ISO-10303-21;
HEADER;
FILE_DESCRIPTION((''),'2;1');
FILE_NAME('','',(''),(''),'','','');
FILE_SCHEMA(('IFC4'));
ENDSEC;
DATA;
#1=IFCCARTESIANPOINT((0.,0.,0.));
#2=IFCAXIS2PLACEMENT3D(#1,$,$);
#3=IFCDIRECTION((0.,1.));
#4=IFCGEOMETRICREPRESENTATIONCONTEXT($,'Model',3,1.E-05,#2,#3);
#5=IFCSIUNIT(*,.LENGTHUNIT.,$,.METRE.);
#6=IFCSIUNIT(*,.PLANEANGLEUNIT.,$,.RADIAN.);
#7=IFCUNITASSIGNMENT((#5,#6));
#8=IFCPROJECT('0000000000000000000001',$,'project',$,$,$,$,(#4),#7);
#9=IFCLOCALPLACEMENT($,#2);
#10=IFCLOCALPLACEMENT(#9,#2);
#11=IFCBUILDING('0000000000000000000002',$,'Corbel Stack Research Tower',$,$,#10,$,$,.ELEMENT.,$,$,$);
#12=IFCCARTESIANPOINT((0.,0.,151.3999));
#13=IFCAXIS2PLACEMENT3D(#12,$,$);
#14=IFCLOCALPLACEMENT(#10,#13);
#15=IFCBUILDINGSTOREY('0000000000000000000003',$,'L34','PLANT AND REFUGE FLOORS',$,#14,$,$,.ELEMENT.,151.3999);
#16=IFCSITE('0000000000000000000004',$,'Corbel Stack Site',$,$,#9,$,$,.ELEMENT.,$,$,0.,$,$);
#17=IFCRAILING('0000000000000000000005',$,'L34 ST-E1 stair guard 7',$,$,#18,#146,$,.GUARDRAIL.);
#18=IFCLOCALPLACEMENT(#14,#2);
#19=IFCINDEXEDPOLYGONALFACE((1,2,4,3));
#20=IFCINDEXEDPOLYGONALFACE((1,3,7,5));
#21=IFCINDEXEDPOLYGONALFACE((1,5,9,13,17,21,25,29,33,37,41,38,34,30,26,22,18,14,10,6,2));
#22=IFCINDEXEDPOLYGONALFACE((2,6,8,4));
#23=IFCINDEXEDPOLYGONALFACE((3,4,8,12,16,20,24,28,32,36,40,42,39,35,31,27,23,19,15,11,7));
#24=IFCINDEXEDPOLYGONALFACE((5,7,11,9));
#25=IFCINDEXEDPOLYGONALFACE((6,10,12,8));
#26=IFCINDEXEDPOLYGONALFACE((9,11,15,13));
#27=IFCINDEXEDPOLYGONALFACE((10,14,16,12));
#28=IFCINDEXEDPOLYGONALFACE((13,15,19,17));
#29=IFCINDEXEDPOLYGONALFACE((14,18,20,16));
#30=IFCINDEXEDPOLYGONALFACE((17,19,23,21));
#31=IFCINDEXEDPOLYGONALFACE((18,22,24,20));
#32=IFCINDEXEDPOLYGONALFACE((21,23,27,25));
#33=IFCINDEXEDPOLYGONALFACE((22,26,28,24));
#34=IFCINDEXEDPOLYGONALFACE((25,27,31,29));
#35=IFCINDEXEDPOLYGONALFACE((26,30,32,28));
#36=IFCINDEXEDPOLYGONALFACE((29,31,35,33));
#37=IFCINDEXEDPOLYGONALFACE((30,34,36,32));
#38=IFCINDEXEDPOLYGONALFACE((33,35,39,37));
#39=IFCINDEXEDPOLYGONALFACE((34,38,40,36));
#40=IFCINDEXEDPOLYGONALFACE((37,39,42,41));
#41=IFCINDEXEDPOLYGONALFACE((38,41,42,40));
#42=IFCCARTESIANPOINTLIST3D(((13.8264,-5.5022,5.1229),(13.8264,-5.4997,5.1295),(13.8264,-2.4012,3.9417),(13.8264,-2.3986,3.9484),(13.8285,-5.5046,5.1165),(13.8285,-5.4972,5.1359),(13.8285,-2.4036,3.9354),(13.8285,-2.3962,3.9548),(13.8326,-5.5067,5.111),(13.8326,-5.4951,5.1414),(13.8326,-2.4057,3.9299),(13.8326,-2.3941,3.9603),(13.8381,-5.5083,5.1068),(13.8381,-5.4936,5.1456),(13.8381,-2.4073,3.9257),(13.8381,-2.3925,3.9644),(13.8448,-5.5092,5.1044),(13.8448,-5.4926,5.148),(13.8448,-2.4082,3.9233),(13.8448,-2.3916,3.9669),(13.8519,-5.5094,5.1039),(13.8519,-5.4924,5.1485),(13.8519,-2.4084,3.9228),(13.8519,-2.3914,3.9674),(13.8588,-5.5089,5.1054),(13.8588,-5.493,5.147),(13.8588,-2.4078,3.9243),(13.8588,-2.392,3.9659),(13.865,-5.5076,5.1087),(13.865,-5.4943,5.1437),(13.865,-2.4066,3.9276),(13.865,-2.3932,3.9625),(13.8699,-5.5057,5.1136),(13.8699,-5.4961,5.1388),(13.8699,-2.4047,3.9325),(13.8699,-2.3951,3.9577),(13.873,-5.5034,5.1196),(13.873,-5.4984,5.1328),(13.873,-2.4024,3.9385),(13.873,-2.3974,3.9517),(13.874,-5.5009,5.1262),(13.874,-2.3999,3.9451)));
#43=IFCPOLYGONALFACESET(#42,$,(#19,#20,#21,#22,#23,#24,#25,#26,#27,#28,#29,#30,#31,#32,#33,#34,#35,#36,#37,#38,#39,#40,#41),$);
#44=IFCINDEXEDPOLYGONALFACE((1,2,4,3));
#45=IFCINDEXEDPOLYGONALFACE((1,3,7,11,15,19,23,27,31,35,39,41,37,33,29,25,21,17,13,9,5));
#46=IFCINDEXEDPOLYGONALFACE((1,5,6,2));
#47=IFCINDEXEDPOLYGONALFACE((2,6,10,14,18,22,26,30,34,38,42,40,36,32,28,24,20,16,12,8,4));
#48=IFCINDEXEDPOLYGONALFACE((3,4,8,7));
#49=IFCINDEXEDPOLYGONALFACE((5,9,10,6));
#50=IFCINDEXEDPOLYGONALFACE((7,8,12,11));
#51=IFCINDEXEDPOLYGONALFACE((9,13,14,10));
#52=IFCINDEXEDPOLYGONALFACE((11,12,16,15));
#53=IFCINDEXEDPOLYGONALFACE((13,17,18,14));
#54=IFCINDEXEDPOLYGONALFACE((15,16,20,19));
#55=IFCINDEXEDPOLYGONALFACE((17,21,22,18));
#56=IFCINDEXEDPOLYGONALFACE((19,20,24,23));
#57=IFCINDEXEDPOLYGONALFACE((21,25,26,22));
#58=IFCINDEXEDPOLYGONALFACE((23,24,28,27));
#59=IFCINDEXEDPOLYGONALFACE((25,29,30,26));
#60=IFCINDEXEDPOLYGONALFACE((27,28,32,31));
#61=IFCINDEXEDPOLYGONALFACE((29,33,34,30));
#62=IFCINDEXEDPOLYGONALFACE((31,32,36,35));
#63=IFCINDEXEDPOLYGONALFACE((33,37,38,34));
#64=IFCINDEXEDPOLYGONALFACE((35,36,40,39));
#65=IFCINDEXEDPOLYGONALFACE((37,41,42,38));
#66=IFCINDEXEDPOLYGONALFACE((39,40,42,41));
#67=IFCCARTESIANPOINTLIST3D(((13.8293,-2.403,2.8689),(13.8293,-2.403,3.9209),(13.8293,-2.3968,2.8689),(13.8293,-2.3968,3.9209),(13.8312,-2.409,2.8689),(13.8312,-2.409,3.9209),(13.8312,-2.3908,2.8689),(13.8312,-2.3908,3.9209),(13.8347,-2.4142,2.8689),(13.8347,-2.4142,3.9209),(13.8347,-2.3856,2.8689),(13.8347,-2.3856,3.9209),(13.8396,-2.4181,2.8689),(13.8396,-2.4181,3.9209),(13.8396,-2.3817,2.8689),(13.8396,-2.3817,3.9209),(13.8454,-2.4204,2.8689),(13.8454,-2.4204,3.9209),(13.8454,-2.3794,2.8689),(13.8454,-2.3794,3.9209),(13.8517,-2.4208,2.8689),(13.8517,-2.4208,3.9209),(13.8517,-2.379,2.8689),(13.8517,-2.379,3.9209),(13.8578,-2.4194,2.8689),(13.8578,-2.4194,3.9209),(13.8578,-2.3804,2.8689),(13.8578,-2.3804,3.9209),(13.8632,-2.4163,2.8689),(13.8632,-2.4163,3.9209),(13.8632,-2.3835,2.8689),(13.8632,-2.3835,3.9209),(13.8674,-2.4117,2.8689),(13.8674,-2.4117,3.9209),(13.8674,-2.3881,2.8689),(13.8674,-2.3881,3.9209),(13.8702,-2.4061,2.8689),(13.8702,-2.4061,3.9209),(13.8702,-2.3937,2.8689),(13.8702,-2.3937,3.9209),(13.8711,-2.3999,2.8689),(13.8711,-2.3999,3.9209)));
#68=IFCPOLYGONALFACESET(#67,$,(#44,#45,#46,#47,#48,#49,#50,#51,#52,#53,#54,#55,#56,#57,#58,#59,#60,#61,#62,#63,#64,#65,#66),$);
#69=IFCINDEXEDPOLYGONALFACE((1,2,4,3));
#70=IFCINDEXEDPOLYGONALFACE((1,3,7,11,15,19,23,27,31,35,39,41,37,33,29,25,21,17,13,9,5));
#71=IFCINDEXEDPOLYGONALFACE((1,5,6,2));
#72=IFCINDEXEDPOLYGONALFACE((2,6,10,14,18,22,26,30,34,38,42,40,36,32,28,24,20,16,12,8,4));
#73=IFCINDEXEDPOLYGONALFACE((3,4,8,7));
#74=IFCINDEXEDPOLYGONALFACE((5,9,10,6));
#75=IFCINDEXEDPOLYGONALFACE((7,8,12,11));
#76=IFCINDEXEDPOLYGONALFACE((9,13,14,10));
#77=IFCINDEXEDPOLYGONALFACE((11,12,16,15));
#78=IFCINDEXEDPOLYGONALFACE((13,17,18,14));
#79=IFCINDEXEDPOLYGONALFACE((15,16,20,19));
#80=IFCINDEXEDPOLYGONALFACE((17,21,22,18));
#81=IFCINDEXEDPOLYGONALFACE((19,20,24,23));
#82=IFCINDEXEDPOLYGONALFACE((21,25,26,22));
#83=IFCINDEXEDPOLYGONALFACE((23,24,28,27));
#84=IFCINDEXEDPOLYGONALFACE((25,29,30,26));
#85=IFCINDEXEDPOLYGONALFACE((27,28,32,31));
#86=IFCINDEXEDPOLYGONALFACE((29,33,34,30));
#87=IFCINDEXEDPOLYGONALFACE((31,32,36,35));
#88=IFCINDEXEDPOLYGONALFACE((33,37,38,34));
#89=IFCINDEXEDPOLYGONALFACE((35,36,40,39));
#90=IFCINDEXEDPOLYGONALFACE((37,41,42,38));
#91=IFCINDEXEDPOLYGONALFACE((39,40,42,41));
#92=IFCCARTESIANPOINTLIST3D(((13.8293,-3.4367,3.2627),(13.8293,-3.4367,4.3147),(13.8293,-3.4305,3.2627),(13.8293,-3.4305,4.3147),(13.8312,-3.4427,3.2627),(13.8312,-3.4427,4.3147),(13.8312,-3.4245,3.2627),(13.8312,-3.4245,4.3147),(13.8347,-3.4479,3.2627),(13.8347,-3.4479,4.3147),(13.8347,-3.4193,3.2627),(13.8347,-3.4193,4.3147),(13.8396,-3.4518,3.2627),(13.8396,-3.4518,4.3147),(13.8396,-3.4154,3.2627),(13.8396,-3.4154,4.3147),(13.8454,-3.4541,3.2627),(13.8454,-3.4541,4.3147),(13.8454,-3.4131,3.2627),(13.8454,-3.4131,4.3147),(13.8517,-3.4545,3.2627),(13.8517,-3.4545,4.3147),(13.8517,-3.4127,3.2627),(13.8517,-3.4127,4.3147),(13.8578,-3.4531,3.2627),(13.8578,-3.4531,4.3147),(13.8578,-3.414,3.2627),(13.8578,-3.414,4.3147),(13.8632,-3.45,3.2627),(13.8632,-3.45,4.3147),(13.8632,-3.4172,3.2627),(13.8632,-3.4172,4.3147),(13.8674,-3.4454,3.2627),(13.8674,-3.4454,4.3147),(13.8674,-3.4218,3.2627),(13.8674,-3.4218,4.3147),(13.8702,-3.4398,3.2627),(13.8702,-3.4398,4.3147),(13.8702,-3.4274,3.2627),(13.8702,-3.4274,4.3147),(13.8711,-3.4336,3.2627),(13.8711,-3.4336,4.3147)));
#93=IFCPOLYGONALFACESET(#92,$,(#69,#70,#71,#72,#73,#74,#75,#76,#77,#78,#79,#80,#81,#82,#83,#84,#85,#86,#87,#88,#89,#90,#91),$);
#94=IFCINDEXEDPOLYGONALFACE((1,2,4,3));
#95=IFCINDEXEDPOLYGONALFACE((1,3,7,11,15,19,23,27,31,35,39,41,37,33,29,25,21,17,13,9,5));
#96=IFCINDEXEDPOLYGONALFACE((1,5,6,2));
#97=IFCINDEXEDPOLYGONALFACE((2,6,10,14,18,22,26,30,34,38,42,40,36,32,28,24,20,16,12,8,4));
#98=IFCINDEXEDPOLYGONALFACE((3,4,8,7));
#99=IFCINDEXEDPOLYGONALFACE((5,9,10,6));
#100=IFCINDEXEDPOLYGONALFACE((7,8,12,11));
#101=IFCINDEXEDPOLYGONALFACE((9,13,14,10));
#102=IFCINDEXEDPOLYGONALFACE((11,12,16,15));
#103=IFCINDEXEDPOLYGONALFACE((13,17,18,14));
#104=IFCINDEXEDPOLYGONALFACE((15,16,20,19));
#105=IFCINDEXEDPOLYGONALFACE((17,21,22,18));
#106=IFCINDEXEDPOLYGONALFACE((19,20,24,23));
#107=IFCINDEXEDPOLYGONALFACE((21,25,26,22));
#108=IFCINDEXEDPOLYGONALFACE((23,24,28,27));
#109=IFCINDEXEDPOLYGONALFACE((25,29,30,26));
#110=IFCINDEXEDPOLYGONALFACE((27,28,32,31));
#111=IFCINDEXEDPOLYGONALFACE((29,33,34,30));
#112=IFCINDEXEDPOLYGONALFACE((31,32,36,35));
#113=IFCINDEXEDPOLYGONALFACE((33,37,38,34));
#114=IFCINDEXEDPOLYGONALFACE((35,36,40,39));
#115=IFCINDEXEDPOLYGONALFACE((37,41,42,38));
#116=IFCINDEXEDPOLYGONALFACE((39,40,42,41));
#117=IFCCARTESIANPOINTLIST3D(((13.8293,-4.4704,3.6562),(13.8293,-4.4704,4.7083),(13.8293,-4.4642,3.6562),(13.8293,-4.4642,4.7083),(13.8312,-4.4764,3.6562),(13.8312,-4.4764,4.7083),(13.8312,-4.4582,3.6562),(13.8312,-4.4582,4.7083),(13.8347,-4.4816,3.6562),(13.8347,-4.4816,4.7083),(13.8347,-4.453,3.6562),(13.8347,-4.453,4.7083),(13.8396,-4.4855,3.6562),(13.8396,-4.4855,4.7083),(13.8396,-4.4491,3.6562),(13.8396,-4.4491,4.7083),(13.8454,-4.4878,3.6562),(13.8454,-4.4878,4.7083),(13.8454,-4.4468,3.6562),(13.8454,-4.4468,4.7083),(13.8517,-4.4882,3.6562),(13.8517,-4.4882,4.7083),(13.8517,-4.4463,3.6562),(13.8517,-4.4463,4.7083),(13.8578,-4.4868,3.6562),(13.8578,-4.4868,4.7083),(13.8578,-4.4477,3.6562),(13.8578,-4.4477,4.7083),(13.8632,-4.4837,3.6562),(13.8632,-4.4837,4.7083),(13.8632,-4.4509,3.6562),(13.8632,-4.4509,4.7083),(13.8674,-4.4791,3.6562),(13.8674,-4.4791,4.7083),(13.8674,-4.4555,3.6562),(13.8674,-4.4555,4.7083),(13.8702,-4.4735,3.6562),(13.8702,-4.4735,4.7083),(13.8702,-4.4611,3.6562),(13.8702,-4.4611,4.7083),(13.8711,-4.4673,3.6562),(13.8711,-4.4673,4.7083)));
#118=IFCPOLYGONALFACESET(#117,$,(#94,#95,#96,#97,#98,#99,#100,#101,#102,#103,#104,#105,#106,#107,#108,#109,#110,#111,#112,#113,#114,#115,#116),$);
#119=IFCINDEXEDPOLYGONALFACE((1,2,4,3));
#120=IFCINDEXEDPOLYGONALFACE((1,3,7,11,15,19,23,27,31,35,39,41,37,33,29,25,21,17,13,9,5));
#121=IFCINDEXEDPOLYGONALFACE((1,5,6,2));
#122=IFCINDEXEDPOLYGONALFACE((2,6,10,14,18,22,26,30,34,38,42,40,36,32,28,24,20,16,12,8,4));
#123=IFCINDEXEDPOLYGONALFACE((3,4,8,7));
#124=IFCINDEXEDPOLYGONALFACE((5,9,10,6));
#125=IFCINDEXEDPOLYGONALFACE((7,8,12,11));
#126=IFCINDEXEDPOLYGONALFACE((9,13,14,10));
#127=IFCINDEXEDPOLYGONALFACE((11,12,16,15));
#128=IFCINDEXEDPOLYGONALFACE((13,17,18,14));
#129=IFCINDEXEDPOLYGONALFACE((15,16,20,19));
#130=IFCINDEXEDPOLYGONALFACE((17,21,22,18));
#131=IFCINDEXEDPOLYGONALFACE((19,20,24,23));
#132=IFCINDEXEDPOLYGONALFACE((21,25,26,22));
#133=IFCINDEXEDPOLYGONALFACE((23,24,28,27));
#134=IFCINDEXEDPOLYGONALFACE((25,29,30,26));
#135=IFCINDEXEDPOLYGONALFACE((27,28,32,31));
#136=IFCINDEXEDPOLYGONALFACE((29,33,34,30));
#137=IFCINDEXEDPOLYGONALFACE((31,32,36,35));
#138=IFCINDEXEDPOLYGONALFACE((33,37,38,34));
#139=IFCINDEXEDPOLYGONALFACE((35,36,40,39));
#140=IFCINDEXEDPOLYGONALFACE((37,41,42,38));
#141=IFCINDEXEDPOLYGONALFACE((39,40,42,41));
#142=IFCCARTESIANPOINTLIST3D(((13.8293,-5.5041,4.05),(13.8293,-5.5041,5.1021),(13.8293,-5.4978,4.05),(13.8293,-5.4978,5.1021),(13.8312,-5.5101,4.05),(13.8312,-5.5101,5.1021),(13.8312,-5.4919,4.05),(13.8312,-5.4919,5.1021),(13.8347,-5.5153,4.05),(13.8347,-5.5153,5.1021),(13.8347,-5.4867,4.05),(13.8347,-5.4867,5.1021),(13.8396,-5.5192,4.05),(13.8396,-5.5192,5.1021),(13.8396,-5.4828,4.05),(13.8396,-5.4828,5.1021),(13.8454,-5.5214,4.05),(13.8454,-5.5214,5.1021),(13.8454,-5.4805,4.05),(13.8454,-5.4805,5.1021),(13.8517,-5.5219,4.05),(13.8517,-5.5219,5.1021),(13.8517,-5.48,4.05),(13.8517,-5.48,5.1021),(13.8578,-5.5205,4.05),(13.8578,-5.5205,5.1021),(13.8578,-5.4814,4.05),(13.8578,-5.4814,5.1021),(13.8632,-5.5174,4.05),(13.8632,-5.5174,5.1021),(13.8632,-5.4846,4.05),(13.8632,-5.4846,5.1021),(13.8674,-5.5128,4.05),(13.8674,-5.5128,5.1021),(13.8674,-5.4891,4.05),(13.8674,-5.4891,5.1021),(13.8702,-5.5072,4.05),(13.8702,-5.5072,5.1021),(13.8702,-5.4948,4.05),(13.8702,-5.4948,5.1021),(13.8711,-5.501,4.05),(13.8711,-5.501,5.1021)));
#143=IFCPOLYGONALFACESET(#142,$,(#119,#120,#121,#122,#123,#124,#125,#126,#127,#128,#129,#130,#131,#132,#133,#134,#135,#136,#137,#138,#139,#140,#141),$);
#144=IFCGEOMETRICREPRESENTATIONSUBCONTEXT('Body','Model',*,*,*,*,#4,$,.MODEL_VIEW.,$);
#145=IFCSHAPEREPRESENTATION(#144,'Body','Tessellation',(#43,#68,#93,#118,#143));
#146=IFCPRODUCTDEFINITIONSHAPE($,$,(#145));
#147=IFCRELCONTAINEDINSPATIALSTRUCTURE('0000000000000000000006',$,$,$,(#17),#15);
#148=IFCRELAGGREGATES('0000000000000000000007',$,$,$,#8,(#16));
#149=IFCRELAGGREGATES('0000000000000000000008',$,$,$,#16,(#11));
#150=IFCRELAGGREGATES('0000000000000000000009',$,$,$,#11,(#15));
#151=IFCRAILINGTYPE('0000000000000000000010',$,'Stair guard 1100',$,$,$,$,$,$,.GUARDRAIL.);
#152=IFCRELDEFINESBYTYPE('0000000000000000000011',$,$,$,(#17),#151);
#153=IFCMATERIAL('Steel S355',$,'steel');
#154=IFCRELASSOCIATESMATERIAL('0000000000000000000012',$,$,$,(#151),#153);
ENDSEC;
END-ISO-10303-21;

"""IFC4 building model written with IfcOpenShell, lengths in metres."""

from ifc_helpers import new_model, si_unit, direction, frame, origin, origin_2d, place, context, subcontext, project, spatial, circle, extrude, material, type_object, element, save


model = new_model("IFC4")

# Units and contexts
model_context = context("Model", 3, precision=1e-05, world=origin(), true_north=direction((0.0, 1.0)))
body_context = subcontext(model_context, "Body", "Model", "MODEL_VIEW")
ifc_project = project(units=[si_unit("LENGTHUNIT", "METRE"), si_unit("PLANEANGLEUNIT", "RADIAN")], contexts=[model_context])

# Site, building, storey
site_placement = place(None, origin())
site = spatial("IfcSite", under=ifc_project, at=site_placement, Name="Corbel Stack Site", CompositionType="ELEMENT", RefElevation=0.0)
building_placement = place(site_placement, origin())
building = spatial("IfcBuilding", under=site, at=building_placement, Name="Corbel Stack Research Tower", CompositionType="ELEMENT")
storey_placement = place(building_placement, frame((0.0, 0.0, 151.3999)))
storey = spatial("IfcBuildingStorey", under=building, at=storey_placement, Name="L34", Description="PLANT AND REFUGE FLOORS", CompositionType="ELEMENT", Elevation=151.3999)

# Railing
ifc_material_1 = material(Name="Steel S355", Category="steel")
railing_type_1 = type_object("IfcRailingType", Name="Stair guard 1100", PredefinedType="GUARDRAIL", material=ifc_material_1)
railing_1_placement = place(storey_placement, frame((13.8501, -2.3999, 2.8689)))
element("IfcRailing", 1, at=railing_1_placement, inside=storey, type_object=railing_type_1, Name="L34 ST-E1 stair guard 7", PredefinedType="GUARDRAIL", context=body_context, shape_type="SweptSolid", body=[
    extrude(circle(Radius=0.0239, at=origin_2d()), frame((0.0, 0.0, 1.0762), z_axis=(0.0, -0.934509, 0.35594), x_axis=(1.0, 0.0, 0.0)), (0.0, 0.0, 1.0), 3.3184),
    extrude(circle(Radius=0.021, at=origin_2d()), origin(), (0.0, 0.0, 1.0), 1.052),
    extrude(circle(Radius=0.021, at=origin_2d()), frame((0.0, -1.0337, 0.3938)), (0.0, 0.0, 1.0), 1.052),
    extrude(circle(Radius=0.021, at=origin_2d()), frame((0.0, -2.0674, 0.7874)), (0.0, 0.0, 1.0), 1.052),
    extrude(circle(Radius=0.021, at=origin_2d()), frame((0.0, -3.1011, 1.1812)), (0.0, 0.0, 1.0), 1.052),
])

save(model, "model.ifc")
